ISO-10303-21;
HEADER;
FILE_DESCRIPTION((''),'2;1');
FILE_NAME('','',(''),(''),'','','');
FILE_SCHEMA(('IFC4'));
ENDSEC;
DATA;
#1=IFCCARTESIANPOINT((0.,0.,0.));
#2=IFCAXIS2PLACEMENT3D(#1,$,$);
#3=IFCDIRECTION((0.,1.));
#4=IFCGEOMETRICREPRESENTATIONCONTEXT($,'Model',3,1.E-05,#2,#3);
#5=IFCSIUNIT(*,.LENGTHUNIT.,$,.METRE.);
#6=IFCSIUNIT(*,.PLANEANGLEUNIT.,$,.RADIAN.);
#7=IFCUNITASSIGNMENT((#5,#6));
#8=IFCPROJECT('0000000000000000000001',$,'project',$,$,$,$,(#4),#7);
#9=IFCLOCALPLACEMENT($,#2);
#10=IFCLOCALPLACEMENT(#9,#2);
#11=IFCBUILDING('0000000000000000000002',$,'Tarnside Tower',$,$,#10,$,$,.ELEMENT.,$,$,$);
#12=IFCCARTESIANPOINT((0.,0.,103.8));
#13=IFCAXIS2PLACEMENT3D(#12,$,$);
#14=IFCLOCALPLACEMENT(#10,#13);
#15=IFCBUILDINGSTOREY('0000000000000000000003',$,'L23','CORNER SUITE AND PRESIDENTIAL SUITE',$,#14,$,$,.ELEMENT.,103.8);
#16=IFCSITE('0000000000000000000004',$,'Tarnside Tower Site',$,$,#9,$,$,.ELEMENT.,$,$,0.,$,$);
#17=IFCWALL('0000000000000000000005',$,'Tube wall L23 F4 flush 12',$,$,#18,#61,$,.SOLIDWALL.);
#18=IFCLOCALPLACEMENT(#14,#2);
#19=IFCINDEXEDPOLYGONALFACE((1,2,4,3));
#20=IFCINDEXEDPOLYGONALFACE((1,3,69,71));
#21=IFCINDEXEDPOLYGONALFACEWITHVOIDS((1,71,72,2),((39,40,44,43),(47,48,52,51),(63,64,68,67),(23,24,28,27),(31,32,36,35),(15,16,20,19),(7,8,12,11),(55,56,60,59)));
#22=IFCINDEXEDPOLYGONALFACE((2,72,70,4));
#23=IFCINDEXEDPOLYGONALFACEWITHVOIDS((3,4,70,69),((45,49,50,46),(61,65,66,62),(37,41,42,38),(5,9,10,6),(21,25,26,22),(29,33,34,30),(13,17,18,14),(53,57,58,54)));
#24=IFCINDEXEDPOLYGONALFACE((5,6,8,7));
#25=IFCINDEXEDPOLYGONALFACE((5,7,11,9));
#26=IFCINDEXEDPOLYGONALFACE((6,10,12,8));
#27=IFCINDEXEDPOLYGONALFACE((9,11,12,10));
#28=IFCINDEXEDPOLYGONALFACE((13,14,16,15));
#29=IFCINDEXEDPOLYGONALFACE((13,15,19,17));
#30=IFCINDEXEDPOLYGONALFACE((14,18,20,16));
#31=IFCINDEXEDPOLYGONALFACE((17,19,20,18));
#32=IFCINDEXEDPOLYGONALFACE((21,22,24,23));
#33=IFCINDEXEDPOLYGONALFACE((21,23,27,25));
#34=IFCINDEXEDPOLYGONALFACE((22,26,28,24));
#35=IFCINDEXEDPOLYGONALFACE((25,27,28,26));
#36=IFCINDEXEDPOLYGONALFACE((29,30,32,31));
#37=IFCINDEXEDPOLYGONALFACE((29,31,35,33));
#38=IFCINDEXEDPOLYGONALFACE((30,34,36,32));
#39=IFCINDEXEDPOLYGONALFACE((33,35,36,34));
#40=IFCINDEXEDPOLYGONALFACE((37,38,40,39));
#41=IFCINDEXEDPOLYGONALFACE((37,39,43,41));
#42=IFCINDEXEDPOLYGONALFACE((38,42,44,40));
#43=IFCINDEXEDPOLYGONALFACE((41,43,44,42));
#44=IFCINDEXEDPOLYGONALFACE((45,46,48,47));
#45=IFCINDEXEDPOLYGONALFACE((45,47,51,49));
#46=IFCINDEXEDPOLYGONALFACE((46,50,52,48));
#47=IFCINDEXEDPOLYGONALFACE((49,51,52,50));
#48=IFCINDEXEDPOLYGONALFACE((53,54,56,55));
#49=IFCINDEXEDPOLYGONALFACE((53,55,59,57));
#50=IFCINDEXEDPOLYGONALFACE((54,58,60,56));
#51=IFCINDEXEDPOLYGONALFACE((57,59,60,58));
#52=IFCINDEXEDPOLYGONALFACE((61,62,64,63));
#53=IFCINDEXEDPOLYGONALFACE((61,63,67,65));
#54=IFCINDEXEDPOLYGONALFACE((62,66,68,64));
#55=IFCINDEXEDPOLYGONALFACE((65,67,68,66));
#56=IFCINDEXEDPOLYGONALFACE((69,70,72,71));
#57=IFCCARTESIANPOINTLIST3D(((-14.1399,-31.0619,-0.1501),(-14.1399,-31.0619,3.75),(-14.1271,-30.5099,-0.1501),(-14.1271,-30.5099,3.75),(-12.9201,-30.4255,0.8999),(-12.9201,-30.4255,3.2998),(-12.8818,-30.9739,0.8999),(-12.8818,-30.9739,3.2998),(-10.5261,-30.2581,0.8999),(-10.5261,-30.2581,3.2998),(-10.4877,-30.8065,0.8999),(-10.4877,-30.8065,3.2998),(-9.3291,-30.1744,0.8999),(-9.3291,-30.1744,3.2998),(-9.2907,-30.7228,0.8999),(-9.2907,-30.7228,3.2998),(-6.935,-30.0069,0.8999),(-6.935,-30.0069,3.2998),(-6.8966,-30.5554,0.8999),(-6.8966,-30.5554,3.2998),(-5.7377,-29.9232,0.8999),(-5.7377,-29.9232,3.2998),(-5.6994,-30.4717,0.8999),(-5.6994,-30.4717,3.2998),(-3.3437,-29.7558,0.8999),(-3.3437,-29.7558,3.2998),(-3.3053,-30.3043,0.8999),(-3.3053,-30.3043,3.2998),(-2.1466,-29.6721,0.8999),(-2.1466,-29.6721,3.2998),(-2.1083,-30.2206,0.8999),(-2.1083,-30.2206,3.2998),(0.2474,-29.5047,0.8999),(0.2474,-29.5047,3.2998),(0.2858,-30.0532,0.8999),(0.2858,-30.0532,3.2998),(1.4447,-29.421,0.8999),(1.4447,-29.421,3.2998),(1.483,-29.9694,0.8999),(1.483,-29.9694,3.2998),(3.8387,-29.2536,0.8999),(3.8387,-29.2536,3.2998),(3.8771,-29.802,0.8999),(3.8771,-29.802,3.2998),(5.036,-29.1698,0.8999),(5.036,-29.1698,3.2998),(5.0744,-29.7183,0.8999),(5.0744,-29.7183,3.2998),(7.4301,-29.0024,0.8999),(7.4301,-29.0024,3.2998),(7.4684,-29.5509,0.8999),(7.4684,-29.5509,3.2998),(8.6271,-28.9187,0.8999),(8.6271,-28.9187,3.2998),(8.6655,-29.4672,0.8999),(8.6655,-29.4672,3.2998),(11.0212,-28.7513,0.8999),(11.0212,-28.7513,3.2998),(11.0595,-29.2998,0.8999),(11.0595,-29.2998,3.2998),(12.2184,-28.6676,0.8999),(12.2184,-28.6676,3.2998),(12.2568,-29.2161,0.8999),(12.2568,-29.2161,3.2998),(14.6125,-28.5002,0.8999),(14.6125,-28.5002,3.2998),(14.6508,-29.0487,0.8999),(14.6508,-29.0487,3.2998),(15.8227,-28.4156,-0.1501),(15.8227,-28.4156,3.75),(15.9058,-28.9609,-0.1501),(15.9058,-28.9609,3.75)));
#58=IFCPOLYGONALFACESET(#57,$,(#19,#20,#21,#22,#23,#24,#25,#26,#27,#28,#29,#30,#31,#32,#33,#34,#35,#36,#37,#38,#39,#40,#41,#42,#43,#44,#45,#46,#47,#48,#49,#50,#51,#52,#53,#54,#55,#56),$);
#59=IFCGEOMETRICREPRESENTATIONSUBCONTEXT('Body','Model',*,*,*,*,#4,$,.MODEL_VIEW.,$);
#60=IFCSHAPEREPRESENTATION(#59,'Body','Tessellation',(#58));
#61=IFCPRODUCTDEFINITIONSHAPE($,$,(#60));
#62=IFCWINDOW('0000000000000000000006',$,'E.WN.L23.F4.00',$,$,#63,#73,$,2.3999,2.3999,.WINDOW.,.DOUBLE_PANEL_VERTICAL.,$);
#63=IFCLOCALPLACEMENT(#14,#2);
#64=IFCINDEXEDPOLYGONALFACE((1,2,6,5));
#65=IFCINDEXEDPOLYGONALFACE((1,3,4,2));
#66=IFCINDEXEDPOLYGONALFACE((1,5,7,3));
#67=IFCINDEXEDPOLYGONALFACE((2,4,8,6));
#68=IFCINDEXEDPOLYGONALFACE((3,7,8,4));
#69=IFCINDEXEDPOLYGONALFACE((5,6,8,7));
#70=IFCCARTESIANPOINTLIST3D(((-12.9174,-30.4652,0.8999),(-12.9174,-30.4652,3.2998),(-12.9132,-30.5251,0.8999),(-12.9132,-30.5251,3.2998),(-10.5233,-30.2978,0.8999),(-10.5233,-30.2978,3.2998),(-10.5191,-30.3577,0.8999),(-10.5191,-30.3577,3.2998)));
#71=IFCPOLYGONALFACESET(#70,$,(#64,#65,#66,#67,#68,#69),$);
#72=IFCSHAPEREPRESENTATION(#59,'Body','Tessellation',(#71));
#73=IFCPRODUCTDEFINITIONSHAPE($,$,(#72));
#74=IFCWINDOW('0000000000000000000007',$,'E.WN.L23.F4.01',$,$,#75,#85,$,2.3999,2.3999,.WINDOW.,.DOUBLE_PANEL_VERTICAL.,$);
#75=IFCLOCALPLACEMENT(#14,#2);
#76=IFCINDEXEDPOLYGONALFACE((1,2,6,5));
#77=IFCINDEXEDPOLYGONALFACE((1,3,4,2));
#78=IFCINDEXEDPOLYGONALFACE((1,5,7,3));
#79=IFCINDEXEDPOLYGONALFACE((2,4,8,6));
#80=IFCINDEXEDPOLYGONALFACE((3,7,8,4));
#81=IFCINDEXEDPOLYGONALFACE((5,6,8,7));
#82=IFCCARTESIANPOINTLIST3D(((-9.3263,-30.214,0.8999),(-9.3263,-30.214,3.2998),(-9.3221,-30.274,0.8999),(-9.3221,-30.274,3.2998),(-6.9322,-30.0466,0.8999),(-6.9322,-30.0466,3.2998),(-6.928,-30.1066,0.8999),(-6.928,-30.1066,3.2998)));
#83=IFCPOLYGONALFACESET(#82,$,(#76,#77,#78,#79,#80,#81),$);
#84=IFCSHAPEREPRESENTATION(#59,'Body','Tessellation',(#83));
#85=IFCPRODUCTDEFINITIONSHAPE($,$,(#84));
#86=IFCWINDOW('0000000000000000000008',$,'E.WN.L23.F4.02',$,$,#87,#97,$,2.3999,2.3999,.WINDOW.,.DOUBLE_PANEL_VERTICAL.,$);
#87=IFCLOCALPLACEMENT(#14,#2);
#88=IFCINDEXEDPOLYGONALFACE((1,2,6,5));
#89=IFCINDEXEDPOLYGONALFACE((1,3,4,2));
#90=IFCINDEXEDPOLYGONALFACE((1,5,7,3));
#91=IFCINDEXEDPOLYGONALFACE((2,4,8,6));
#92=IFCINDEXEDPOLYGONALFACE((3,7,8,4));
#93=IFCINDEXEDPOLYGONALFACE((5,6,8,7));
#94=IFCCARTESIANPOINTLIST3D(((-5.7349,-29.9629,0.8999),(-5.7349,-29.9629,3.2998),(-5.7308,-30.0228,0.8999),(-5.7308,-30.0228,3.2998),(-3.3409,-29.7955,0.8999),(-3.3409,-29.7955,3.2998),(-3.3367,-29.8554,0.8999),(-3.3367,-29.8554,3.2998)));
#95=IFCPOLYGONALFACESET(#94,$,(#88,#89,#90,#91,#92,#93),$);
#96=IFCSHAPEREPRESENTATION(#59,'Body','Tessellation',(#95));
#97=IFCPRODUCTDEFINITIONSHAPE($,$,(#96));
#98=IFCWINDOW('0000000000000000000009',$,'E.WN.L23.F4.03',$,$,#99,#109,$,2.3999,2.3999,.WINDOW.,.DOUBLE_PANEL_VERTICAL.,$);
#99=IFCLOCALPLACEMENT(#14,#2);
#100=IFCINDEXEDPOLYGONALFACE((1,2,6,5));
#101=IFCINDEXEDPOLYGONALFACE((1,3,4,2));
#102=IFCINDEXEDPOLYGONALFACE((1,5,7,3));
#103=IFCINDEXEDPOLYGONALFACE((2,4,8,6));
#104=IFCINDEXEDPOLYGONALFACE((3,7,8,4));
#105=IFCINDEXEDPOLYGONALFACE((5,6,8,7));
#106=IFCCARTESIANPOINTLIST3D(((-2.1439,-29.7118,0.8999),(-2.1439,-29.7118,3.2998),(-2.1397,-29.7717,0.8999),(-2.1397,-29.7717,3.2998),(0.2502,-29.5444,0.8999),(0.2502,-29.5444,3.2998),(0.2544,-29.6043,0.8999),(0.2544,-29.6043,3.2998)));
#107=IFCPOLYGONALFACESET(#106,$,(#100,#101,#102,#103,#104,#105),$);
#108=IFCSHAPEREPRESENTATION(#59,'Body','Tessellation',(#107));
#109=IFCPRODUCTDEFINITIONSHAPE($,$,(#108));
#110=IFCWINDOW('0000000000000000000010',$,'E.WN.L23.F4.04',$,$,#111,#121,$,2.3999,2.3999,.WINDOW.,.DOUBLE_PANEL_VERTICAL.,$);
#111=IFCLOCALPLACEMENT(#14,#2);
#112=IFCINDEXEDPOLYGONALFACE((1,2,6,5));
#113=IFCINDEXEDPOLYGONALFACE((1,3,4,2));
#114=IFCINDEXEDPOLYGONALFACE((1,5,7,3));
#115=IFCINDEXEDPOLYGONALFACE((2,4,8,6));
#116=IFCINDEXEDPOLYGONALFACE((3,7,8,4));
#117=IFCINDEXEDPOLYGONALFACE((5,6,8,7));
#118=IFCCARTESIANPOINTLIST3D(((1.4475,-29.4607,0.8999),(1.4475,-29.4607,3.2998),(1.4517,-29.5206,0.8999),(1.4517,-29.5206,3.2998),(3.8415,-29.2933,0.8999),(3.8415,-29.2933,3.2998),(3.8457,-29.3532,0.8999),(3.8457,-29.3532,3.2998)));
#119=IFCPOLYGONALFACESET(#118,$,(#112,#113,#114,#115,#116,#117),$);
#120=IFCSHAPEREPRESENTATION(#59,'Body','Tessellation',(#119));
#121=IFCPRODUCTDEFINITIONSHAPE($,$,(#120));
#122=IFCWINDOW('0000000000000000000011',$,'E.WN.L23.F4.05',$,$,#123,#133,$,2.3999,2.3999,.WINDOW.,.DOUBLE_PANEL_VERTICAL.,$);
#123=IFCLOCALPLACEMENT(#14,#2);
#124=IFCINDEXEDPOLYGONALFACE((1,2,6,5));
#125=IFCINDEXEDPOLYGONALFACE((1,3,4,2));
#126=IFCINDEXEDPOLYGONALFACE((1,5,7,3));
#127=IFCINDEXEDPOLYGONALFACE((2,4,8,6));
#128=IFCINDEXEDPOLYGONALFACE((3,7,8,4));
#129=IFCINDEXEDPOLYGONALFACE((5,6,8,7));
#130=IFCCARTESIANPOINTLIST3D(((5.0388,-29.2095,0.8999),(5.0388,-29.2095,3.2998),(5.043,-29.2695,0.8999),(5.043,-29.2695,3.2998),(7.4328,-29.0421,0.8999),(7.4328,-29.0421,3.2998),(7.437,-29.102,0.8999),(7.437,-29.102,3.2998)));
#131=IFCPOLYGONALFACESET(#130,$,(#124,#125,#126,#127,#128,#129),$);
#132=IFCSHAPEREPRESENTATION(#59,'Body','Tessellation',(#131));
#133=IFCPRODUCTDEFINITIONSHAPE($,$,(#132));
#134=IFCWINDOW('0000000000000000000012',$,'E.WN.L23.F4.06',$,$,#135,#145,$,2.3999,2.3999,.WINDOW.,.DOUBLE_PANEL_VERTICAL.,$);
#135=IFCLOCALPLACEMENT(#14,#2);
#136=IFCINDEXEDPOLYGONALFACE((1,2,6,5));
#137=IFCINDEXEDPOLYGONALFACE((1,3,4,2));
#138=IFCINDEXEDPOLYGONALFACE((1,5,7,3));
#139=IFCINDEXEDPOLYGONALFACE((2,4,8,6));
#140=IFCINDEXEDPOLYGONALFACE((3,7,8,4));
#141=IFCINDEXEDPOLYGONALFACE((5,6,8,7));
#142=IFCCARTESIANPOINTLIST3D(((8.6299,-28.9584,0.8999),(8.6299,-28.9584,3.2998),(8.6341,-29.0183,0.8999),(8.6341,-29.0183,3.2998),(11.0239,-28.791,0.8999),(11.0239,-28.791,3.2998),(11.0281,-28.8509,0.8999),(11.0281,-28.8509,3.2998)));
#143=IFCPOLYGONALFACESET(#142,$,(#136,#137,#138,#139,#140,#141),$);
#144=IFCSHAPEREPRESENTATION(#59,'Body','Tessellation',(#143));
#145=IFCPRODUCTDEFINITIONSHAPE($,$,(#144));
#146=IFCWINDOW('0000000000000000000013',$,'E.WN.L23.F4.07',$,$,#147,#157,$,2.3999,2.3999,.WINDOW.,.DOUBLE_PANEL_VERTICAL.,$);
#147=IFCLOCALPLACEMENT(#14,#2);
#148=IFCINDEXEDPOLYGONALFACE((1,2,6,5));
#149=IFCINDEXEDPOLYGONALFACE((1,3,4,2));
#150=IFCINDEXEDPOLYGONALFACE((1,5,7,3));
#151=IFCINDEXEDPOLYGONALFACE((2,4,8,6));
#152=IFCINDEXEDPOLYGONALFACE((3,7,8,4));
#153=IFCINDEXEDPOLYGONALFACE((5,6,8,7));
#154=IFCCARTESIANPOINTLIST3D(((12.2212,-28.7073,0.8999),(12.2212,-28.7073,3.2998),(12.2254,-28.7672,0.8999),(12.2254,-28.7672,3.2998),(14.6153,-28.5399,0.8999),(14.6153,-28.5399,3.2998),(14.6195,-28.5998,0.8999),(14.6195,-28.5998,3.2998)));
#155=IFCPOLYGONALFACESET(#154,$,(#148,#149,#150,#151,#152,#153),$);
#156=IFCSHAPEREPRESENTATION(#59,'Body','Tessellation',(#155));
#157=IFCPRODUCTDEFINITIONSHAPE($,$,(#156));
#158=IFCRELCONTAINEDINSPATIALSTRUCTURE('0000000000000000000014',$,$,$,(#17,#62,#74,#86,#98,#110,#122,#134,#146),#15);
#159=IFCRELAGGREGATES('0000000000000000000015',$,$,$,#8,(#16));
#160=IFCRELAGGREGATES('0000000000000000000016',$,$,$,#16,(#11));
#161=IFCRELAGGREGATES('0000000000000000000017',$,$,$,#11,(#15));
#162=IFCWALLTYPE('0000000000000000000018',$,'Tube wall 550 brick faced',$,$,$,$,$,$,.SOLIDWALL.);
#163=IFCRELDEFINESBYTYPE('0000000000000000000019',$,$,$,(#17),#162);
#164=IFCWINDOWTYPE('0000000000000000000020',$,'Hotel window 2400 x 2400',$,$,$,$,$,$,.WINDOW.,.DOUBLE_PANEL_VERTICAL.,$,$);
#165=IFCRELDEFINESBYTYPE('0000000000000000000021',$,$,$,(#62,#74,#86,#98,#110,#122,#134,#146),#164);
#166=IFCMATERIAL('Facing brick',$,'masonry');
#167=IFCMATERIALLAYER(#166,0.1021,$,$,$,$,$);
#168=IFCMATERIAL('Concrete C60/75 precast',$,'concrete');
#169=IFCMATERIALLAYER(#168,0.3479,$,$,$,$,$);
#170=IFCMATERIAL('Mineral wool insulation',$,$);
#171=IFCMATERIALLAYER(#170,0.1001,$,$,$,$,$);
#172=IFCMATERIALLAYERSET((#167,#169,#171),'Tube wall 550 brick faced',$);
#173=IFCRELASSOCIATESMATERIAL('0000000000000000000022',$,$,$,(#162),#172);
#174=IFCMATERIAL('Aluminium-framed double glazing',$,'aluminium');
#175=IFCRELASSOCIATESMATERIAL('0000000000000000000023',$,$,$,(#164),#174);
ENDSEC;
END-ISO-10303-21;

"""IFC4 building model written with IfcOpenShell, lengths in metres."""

from ifc_helpers import new_model, si_unit, direction, frame, frame_2d, origin, place, context, subcontext, project, spatial, polyline, rectangle, outline, extrude, material, layer, layer_set, type_object, element, fill, save


model = new_model("IFC4")

# Units and contexts
model_context = context("Model", 3, precision=1e-05, world=origin(), true_north=direction((0.0, 1.0)))
body_context = subcontext(model_context, "Body", "Model", "MODEL_VIEW")
ifc_project = project(units=[si_unit("LENGTHUNIT", "METRE"), si_unit("PLANEANGLEUNIT", "RADIAN")], contexts=[model_context])

# Site, building, storey
site_placement = place(None, origin())
site = spatial("IfcSite", under=ifc_project, at=site_placement, Name="Tarnside Tower Site", CompositionType="ELEMENT", RefElevation=0.0)
building_placement = place(site_placement, origin())
building = spatial("IfcBuilding", under=site, at=building_placement, Name="Tarnside Tower", CompositionType="ELEMENT")
storey_placement = place(building_placement, frame((0.0, 0.0, 103.8)))
storey = spatial("IfcBuildingStorey", under=building, at=storey_placement, Name="L23", Description="CORNER SUITE AND PRESIDENTIAL SUITE", CompositionType="ELEMENT", Elevation=103.8)

# Shared definitions
ifc_material_1 = material(Name="Facing brick", Category="masonry")
ifc_layer_1 = layer(ifc_material_1, 0.1021)
ifc_material_2 = material(Name="Concrete C60/75 precast", Category="concrete")
ifc_layer_2 = layer(ifc_material_2, 0.3479)
ifc_material_3 = material(Name="Mineral wool insulation")
ifc_layer_3 = layer(ifc_material_3, 0.1001)
ifc_layer_set_1 = layer_set([ifc_layer_1, ifc_layer_2, ifc_layer_3], Name="Tube wall 550 brick faced")
wall_type_1 = type_object("IfcWallType", Name="Tube wall 550 brick faced", PredefinedType="SOLIDWALL", material=ifc_layer_set_1)

# Wall, openings, windows
wall_1_placement = place(storey_placement, frame((-14.1335, -30.7859, -0.1501), z_axis=(0.0, 0.0, 1.0), x_axis=(0.997564, 0.069757, 0.0)))
wall_1 = element("IfcWall", 1, at=wall_1_placement, inside=storey, type_object=wall_type_1, Name="Tube wall L23 F4 flush 12", PredefinedType="SOLIDWALL", context=body_context, shape_type="SweptSolid", body=[
    extrude(outline(polyline([(-0.0256, -0.2749), (30.0935, -0.2749), (30.0486, 0.2749), (0.0256, 0.2749), (-0.0256, -0.2749)])), origin(), (0.0, 0.0, 1.0), 3.9001),
])
opening_1_placement = place(wall_1_placement, frame((1.2356, 0.0, 1.05)))
opening_1 = element("IfcOpeningElement", 2, at=opening_1_placement, cuts=wall_1, PredefinedType="OPENING", context=body_context, shape_type="SweptSolid", body=[
    extrude(rectangle(XDim=2.3999, YDim=2.3999, at=frame_2d((1.2, 1.2))), frame((0.0, 0.2852, 0.0), z_axis=(0.0, -1.0, 0.0), x_axis=(1.0, 0.0, 0.0)), (0.0, 0.0, 1.0), 0.5701),
])
opening_2_placement = place(wall_1_placement, frame((4.8354, 0.0, 1.05)))
opening_2 = element("IfcOpeningElement", 3, at=opening_2_placement, cuts=wall_1, PredefinedType="OPENING", context=body_context, shape_type="SweptSolid", body=[
    extrude(rectangle(XDim=2.3999, YDim=2.3999, at=frame_2d((1.2, 1.2))), frame((0.0, 0.2852, 0.0), z_axis=(0.0, -1.0, 0.0), x_axis=(1.0, 0.0, 0.0)), (0.0, 0.0, 1.0), 0.5701),
])
opening_3_placement = place(wall_1_placement, frame((8.4355, 0.0, 1.05)))
opening_3 = element("IfcOpeningElement", 4, at=opening_3_placement, cuts=wall_1, PredefinedType="OPENING", context=body_context, shape_type="SweptSolid", body=[
    extrude(rectangle(XDim=2.3999, YDim=2.3999, at=frame_2d((1.2, 1.2))), frame((0.0, 0.2852, 0.0), z_axis=(0.0, -1.0, 0.0), x_axis=(1.0, 0.0, 0.0)), (0.0, 0.0, 1.0), 0.5701),
])
opening_4_placement = place(wall_1_placement, frame((12.0354, 0.0, 1.05)))
opening_4 = element("IfcOpeningElement", 5, at=opening_4_placement, cuts=wall_1, PredefinedType="OPENING", context=body_context, shape_type="SweptSolid", body=[
    extrude(rectangle(XDim=2.3999, YDim=2.3999, at=frame_2d((1.2, 1.2))), frame((0.0, 0.2852, 0.0), z_axis=(0.0, -1.0, 0.0), x_axis=(1.0, 0.0, 0.0)), (0.0, 0.0, 1.0), 0.5701),
])
opening_5_placement = place(wall_1_placement, frame((15.6355, 0.0, 1.05)))
opening_5 = element("IfcOpeningElement", 6, at=opening_5_placement, cuts=wall_1, PredefinedType="OPENING", context=body_context, shape_type="SweptSolid", body=[
    extrude(rectangle(XDim=2.3999, YDim=2.3999, at=frame_2d((1.2, 1.2))), frame((0.0, 0.2852, 0.0), z_axis=(0.0, -1.0, 0.0), x_axis=(1.0, 0.0, 0.0)), (0.0, 0.0, 1.0), 0.5701),
])
opening_6_placement = place(wall_1_placement, frame((19.2356, 0.0, 1.05)))
opening_6 = element("IfcOpeningElement", 7, at=opening_6_placement, cuts=wall_1, PredefinedType="OPENING", context=body_context, shape_type="SweptSolid", body=[
    extrude(rectangle(XDim=2.3999, YDim=2.3999, at=frame_2d((1.2, 1.2))), frame((0.0, 0.2852, 0.0), z_axis=(0.0, -1.0, 0.0), x_axis=(1.0, 0.0, 0.0)), (0.0, 0.0, 1.0), 0.5701),
])
opening_7_placement = place(wall_1_placement, frame((22.8354, 0.0, 1.05)))
opening_7 = element("IfcOpeningElement", 8, at=opening_7_placement, cuts=wall_1, PredefinedType="OPENING", context=body_context, shape_type="SweptSolid", body=[
    extrude(rectangle(XDim=2.3999, YDim=2.3999, at=frame_2d((1.2, 1.2))), frame((0.0, 0.2852, 0.0), z_axis=(0.0, -1.0, 0.0), x_axis=(1.0, 0.0, 0.0)), (0.0, 0.0, 1.0), 0.5701),
])
opening_8_placement = place(wall_1_placement, frame((26.4355, 0.0, 1.05)))
opening_8 = element("IfcOpeningElement", 9, at=opening_8_placement, cuts=wall_1, PredefinedType="OPENING", context=body_context, shape_type="SweptSolid", body=[
    extrude(rectangle(XDim=2.3999, YDim=2.3999, at=frame_2d((1.2, 1.2))), frame((0.0, 0.2852, 0.0), z_axis=(0.0, -1.0, 0.0), x_axis=(1.0, 0.0, 0.0)), (0.0, 0.0, 1.0), 0.5701),
])
ifc_material_4 = material(Name="Aluminium-framed double glazing", Category="aluminium")
window_type = type_object("IfcWindowType", Name="Hotel window 2400 x 2400", PartitioningType="DOUBLE_PANEL_VERTICAL", PredefinedType="WINDOW", material=ifc_material_4)
window_1_placement = place(opening_1_placement, frame((0.0, 0.2051, 0.0)))
window_1 = element("IfcWindow", 10, at=window_1_placement, inside=storey, type_object=window_type, Name="E.WN.L23.F4.00", OverallHeight=2.3999, OverallWidth=2.3999, PartitioningType="DOUBLE_PANEL_VERTICAL", PredefinedType="WINDOW", context=body_context, shape_type="SweptSolid", body=[
    extrude(rectangle(XDim=2.3999, YDim=2.3999, at=frame_2d((1.2, 1.2))), frame((0.0, 0.03, 0.0), z_axis=(0.0, -1.0, 0.0), x_axis=(1.0, 0.0, 0.0)), (0.0, 0.0, 1.0), 0.0601),
])
fill(opening_1, window_1)
window_2_placement = place(opening_2_placement, frame((0.0, 0.2051, 0.0)))
window_2 = element("IfcWindow", 11, at=window_2_placement, inside=storey, type_object=window_type, Name="E.WN.L23.F4.01", OverallHeight=2.3999, OverallWidth=2.3999, PartitioningType="DOUBLE_PANEL_VERTICAL", PredefinedType="WINDOW", context=body_context, shape_type="SweptSolid", body=[
    extrude(rectangle(XDim=2.3999, YDim=2.3999, at=frame_2d((1.2, 1.2))), frame((0.0, 0.03, 0.0), z_axis=(0.0, -1.0, 0.0), x_axis=(1.0, 0.0, 0.0)), (0.0, 0.0, 1.0), 0.0601),
])
fill(opening_2, window_2)
window_3_placement = place(opening_3_placement, frame((0.0, 0.2051, 0.0)))
window_3 = element("IfcWindow", 12, at=window_3_placement, inside=storey, type_object=window_type, Name="E.WN.L23.F4.02", OverallHeight=2.3999, OverallWidth=2.3999, PartitioningType="DOUBLE_PANEL_VERTICAL", PredefinedType="WINDOW", context=body_context, shape_type="SweptSolid", body=[
    extrude(rectangle(XDim=2.3999, YDim=2.3999, at=frame_2d((1.2, 1.2))), frame((0.0, 0.03, 0.0), z_axis=(0.0, -1.0, 0.0), x_axis=(1.0, 0.0, 0.0)), (0.0, 0.0, 1.0), 0.0601),
])
fill(opening_3, window_3)
window_4_placement = place(opening_4_placement, frame((0.0, 0.2051, 0.0)))
window_4 = element("IfcWindow", 13, at=window_4_placement, inside=storey, type_object=window_type, Name="E.WN.L23.F4.03", OverallHeight=2.3999, OverallWidth=2.3999, PartitioningType="DOUBLE_PANEL_VERTICAL", PredefinedType="WINDOW", context=body_context, shape_type="SweptSolid", body=[
    extrude(rectangle(XDim=2.3999, YDim=2.3999, at=frame_2d((1.2, 1.2))), frame((0.0, 0.03, 0.0), z_axis=(0.0, -1.0, 0.0), x_axis=(1.0, 0.0, 0.0)), (0.0, 0.0, 1.0), 0.0601),
])
fill(opening_4, window_4)
window_5_placement = place(opening_5_placement, frame((0.0, 0.2051, 0.0)))
window_5 = element("IfcWindow", 14, at=window_5_placement, inside=storey, type_object=window_type, Name="E.WN.L23.F4.04", OverallHeight=2.3999, OverallWidth=2.3999, PartitioningType="DOUBLE_PANEL_VERTICAL", PredefinedType="WINDOW", context=body_context, shape_type="SweptSolid", body=[
    extrude(rectangle(XDim=2.3999, YDim=2.3999, at=frame_2d((1.2, 1.2))), frame((0.0, 0.03, 0.0), z_axis=(0.0, -1.0, 0.0), x_axis=(1.0, 0.0, 0.0)), (0.0, 0.0, 1.0), 0.0601),
])
fill(opening_5, window_5)
window_6_placement = place(opening_6_placement, frame((0.0, 0.2051, 0.0)))
window_6 = element("IfcWindow", 15, at=window_6_placement, inside=storey, type_object=window_type, Name="E.WN.L23.F4.05", OverallHeight=2.3999, OverallWidth=2.3999, PartitioningType="DOUBLE_PANEL_VERTICAL", PredefinedType="WINDOW", context=body_context, shape_type="SweptSolid", body=[
    extrude(rectangle(XDim=2.3999, YDim=2.3999, at=frame_2d((1.2, 1.2))), frame((0.0, 0.03, 0.0), z_axis=(0.0, -1.0, 0.0), x_axis=(1.0, 0.0, 0.0)), (0.0, 0.0, 1.0), 0.0601),
])
fill(opening_6, window_6)
window_7_placement = place(opening_7_placement, frame((0.0, 0.2051, 0.0)))
window_7 = element("IfcWindow", 16, at=window_7_placement, inside=storey, type_object=window_type, Name="E.WN.L23.F4.06", OverallHeight=2.3999, OverallWidth=2.3999, PartitioningType="DOUBLE_PANEL_VERTICAL", PredefinedType="WINDOW", context=body_context, shape_type="SweptSolid", body=[
    extrude(rectangle(XDim=2.3999, YDim=2.3999, at=frame_2d((1.2, 1.2))), frame((0.0, 0.03, 0.0), z_axis=(0.0, -1.0, 0.0), x_axis=(1.0, 0.0, 0.0)), (0.0, 0.0, 1.0), 0.0601),
])
fill(opening_7, window_7)
window_8_placement = place(opening_8_placement, frame((0.0, 0.2051, 0.0)))
window_8 = element("IfcWindow", 17, at=window_8_placement, inside=storey, type_object=window_type, Name="E.WN.L23.F4.07", OverallHeight=2.3999, OverallWidth=2.3999, PartitioningType="DOUBLE_PANEL_VERTICAL", PredefinedType="WINDOW", context=body_context, shape_type="SweptSolid", body=[
    extrude(rectangle(XDim=2.3999, YDim=2.3999, at=frame_2d((1.2, 1.2))), frame((0.0, 0.03, 0.0), z_axis=(0.0, -1.0, 0.0), x_axis=(1.0, 0.0, 0.0)), (0.0, 0.0, 1.0), 0.0601),
])
fill(opening_8, window_8)

save(model, "model.ifc")
